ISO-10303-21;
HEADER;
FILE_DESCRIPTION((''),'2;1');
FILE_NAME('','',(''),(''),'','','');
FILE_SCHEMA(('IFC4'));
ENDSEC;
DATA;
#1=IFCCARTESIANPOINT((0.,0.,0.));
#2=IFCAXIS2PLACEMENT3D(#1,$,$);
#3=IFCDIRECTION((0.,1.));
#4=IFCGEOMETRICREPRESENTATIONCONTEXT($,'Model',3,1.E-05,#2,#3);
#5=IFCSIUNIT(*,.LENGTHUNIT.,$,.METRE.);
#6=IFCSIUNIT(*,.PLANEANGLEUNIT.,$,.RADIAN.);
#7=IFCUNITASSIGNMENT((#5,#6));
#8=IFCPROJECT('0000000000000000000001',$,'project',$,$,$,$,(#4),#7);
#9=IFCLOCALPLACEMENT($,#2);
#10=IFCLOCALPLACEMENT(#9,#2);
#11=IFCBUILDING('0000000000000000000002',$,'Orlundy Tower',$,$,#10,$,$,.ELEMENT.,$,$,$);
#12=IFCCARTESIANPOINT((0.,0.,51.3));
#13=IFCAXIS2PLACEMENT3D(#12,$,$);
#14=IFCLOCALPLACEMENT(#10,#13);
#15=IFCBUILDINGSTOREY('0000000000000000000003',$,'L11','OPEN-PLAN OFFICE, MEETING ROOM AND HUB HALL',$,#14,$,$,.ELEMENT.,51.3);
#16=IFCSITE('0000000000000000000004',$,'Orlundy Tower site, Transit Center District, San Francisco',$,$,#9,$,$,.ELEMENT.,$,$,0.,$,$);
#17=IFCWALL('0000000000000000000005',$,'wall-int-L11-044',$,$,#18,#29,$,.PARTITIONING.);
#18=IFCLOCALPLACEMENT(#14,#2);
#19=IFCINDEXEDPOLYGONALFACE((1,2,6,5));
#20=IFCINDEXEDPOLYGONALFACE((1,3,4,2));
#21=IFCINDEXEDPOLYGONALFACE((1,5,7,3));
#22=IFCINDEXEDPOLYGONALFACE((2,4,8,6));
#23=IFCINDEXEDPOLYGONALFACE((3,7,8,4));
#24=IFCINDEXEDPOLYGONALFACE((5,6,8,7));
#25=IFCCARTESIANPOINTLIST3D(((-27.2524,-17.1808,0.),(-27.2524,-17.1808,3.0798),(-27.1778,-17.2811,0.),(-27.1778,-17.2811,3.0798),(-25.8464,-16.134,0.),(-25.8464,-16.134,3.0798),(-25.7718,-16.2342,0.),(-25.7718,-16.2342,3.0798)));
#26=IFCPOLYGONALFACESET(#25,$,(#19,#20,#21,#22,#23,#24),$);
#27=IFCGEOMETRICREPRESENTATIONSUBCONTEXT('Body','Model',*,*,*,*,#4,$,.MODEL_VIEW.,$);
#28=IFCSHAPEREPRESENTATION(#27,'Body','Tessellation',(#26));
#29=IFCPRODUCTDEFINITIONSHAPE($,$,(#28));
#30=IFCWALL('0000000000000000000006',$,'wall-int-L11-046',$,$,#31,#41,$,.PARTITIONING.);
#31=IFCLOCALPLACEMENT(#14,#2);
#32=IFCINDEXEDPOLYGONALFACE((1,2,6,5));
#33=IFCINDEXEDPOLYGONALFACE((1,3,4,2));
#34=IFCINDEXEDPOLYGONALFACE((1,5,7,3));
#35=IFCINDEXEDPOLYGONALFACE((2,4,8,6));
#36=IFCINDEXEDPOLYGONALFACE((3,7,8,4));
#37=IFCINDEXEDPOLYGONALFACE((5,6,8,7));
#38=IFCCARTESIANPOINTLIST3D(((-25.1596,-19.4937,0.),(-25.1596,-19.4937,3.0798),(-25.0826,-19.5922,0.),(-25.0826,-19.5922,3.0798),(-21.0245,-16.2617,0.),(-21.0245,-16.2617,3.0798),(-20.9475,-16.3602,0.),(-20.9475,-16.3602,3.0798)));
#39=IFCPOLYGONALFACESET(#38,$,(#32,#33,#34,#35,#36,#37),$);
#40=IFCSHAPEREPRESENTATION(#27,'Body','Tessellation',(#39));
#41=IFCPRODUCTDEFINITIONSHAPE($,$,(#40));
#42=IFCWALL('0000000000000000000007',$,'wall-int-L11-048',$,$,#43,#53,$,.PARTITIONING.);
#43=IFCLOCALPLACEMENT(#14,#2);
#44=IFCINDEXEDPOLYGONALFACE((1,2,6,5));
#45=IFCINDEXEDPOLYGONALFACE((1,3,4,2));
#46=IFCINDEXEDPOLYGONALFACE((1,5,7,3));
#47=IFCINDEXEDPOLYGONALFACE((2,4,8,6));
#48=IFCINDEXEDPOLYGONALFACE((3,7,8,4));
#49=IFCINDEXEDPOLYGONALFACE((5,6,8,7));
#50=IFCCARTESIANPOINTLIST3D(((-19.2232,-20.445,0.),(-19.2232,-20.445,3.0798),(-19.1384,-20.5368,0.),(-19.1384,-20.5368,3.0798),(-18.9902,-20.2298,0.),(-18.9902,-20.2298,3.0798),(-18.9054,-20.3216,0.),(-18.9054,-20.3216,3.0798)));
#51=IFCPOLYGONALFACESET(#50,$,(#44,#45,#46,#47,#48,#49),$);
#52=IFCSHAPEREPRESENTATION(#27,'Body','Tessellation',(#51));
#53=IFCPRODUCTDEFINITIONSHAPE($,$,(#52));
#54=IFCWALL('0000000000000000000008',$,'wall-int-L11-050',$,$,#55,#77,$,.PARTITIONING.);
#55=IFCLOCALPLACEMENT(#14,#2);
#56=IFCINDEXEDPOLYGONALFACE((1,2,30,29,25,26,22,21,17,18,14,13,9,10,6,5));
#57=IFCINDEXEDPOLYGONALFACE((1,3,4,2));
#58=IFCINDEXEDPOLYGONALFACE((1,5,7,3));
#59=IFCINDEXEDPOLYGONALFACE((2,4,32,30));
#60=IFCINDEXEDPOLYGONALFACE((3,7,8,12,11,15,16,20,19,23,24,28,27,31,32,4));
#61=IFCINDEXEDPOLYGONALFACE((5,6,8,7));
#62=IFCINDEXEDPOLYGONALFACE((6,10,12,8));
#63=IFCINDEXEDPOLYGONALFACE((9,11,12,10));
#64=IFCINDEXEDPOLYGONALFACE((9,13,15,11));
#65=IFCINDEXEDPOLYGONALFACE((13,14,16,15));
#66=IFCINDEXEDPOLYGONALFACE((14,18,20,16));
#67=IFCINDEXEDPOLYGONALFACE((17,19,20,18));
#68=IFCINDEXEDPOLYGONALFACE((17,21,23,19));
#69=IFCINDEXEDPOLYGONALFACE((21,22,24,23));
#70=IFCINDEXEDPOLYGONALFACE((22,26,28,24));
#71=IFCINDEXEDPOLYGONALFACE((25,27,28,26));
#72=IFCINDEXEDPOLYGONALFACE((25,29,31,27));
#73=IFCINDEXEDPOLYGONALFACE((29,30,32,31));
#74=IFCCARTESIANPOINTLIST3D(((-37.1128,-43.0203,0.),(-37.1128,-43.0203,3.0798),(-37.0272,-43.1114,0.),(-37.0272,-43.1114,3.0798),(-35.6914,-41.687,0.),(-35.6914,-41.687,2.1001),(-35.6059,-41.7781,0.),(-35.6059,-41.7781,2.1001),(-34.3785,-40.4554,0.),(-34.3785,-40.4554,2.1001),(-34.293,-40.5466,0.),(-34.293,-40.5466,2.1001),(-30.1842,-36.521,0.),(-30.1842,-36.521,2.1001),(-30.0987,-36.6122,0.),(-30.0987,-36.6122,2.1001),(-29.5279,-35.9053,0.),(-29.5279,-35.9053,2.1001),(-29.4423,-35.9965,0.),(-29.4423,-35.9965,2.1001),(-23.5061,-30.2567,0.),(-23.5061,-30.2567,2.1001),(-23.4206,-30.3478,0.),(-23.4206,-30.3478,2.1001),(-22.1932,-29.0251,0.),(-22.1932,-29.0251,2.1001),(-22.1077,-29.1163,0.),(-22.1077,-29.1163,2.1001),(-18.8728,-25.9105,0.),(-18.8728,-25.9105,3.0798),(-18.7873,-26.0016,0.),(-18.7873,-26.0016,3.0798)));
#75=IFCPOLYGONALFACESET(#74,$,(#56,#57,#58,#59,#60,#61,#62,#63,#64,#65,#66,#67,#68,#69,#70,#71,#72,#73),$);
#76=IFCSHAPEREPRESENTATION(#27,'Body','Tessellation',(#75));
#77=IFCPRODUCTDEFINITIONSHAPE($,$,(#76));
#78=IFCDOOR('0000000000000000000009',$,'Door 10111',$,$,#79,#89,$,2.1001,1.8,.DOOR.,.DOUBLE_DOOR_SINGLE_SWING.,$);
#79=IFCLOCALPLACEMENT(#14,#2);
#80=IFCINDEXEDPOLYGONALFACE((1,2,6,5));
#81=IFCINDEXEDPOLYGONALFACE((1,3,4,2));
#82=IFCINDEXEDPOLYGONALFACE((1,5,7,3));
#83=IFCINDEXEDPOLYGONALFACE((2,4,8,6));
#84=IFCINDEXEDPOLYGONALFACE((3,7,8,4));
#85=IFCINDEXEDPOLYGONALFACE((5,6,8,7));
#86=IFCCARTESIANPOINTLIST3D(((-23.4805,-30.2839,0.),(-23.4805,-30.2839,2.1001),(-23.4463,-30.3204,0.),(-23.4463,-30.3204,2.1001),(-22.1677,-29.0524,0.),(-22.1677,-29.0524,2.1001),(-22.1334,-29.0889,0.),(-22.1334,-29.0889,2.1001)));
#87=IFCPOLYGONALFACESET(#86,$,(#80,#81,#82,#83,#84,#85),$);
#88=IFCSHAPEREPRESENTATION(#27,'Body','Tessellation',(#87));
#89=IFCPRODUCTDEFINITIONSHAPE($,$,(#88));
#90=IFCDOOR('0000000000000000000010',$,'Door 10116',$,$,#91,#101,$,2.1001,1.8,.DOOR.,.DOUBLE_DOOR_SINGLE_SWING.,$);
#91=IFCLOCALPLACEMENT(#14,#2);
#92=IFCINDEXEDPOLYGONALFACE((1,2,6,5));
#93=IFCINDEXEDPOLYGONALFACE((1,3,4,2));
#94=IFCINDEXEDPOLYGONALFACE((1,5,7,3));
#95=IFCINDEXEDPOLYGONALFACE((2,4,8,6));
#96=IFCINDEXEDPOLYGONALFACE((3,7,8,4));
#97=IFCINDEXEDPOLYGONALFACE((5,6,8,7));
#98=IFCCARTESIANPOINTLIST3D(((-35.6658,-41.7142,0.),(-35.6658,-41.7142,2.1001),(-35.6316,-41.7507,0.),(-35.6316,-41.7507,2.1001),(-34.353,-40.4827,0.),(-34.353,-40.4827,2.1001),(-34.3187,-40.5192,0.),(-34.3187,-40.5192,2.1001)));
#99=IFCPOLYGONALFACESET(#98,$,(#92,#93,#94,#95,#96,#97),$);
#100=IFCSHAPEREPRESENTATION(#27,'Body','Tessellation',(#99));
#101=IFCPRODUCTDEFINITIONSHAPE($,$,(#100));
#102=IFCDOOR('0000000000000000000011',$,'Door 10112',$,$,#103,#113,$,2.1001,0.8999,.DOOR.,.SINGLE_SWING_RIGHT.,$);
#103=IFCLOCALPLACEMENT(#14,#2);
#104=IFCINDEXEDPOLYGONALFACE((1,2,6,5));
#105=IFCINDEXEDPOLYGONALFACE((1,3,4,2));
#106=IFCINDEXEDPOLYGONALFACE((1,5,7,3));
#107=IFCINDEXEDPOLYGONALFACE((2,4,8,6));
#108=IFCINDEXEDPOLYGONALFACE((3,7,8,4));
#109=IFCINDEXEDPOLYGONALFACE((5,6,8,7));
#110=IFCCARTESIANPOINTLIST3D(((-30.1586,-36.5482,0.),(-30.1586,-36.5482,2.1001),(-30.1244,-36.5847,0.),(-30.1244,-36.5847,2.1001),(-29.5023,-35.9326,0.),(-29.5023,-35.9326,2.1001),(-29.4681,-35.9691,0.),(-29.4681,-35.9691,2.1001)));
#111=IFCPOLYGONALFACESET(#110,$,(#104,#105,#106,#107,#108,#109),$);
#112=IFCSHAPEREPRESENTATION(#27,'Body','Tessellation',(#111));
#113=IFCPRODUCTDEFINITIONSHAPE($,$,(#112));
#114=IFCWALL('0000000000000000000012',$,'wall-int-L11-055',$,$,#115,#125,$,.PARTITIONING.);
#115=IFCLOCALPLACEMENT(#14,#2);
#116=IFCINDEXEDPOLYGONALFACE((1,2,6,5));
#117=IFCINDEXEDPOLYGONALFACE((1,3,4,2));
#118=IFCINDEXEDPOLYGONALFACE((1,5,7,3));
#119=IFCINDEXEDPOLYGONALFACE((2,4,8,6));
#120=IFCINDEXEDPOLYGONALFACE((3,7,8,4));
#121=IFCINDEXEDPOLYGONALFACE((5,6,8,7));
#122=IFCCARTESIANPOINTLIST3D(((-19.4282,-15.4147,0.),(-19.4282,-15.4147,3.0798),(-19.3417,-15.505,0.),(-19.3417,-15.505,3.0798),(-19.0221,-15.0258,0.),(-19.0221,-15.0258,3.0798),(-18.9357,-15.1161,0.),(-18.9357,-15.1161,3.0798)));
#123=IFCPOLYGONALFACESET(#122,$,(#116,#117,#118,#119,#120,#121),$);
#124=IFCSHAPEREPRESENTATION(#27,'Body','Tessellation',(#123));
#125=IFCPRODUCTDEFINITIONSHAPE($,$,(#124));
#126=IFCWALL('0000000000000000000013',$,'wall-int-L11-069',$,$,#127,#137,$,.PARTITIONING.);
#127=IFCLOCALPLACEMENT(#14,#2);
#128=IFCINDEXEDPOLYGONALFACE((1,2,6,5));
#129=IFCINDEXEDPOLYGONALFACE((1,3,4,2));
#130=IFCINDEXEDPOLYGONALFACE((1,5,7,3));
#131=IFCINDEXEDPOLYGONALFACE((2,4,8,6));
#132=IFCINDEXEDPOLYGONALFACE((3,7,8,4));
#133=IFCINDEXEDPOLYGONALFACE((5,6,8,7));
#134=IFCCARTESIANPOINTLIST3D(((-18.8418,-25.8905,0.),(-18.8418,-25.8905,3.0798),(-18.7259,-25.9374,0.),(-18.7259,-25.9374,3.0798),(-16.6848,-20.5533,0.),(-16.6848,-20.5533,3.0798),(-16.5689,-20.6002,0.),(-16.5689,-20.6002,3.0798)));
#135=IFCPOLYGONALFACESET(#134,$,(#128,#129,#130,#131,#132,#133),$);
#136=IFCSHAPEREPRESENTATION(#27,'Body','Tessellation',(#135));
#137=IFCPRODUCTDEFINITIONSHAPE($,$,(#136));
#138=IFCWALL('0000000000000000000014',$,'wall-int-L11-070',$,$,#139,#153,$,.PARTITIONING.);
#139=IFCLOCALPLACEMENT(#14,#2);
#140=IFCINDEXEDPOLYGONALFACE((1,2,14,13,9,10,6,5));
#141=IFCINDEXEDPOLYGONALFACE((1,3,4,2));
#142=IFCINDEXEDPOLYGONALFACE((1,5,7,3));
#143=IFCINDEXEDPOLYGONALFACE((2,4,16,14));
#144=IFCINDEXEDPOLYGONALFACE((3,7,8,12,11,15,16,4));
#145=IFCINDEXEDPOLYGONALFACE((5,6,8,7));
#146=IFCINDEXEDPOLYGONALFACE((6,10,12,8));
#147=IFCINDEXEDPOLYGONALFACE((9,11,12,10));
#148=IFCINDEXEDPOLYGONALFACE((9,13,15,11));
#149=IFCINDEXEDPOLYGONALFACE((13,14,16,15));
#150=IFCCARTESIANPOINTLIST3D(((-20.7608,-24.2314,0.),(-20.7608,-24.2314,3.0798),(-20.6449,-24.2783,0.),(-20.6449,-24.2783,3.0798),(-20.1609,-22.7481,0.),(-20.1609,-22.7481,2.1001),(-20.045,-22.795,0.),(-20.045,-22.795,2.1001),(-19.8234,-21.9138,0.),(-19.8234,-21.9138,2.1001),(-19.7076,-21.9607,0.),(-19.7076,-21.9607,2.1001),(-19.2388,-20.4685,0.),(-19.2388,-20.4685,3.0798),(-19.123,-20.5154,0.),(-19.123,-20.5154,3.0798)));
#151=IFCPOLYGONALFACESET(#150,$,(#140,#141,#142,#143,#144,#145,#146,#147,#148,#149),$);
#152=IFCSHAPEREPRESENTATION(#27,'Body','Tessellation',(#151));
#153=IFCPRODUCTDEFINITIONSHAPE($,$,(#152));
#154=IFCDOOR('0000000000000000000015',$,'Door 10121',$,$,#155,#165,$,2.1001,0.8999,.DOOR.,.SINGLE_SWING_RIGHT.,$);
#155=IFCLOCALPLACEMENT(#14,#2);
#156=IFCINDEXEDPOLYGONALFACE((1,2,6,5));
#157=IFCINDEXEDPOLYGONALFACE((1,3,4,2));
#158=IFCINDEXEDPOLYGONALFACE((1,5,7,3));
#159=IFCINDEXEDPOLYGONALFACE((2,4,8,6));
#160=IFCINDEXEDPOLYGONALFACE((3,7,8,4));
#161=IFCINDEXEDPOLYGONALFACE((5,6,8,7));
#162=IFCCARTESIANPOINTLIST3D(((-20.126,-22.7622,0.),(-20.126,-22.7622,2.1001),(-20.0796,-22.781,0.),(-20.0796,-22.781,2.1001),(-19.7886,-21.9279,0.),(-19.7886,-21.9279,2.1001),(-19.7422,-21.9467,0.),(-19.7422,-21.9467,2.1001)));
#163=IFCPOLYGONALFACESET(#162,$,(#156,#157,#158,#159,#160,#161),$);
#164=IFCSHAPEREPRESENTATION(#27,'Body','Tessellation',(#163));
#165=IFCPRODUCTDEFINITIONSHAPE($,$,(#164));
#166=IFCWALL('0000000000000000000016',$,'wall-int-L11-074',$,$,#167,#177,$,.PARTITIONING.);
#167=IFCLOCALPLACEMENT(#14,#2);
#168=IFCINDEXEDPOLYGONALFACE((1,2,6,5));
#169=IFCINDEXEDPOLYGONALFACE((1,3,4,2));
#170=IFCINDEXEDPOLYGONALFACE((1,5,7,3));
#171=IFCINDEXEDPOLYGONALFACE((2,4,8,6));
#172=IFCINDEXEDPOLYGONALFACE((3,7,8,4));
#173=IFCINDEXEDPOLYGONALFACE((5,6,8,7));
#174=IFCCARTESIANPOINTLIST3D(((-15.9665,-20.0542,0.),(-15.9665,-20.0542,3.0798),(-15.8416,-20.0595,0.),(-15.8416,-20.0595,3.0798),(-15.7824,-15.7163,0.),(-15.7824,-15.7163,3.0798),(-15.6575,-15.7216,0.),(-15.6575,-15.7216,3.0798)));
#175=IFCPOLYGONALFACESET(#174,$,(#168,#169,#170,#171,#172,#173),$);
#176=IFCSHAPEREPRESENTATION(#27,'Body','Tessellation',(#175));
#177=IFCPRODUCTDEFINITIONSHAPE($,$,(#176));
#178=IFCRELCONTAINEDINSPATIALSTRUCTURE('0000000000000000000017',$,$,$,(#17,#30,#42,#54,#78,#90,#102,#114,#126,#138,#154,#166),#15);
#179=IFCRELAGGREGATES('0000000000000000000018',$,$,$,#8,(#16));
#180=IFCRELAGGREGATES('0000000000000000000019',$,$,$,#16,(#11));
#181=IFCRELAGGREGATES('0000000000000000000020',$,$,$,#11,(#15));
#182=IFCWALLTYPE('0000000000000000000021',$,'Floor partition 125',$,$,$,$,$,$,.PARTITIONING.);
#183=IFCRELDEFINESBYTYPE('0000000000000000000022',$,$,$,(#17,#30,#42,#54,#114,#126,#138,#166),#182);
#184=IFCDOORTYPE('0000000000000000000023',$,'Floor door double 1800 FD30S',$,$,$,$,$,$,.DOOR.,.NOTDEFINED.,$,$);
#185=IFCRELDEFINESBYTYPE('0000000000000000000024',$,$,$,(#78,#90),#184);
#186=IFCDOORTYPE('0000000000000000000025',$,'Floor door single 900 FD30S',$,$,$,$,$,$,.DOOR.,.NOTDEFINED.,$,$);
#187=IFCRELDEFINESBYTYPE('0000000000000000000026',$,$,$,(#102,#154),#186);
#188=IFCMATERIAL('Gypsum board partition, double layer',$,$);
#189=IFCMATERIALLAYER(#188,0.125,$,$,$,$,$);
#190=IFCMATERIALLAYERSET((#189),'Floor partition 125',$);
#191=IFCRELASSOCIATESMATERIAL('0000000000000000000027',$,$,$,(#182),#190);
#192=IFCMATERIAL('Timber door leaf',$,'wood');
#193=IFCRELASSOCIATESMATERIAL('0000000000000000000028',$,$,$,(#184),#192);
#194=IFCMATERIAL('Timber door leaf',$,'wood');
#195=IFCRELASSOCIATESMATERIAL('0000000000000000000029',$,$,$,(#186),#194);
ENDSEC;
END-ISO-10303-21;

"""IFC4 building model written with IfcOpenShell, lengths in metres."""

from ifc_helpers import new_model, si_unit, direction, frame, frame_2d, origin, place, context, subcontext, project, spatial, rectangle, extrude, material, layer, layer_set, type_object, element, fill, save


model = new_model("IFC4")

# Units and contexts
model_context = context("Model", 3, precision=1e-05, world=origin(), true_north=direction((0.0, 1.0)))
body_context = subcontext(model_context, "Body", "Model", "MODEL_VIEW")
ifc_project = project(units=[si_unit("LENGTHUNIT", "METRE"), si_unit("PLANEANGLEUNIT", "RADIAN")], contexts=[model_context])

# Site, building, storey
site_placement = place(None, origin())
site = spatial("IfcSite", under=ifc_project, at=site_placement, Name="Orlundy Tower site, Transit Center District, San Francisco", CompositionType="ELEMENT", RefElevation=0.0)
building_placement = place(site_placement, origin())
building = spatial("IfcBuilding", under=site, at=building_placement, Name="Orlundy Tower", CompositionType="ELEMENT")
storey_placement = place(building_placement, frame((0.0, 0.0, 51.3)))
storey = spatial("IfcBuildingStorey", under=building, at=storey_placement, Name="L11", Description="OPEN-PLAN OFFICE, MEETING ROOM AND HUB HALL", CompositionType="ELEMENT", Elevation=51.3)

# Walls
ifc_material_1 = material(Name="Gypsum board partition, double layer")
ifc_layer_1 = layer(ifc_material_1, 0.125)
ifc_layer_set_1 = layer_set([ifc_layer_1], Name="Floor partition 125")
wall_type_1 = type_object("IfcWallType", Name="Floor partition 125", PredefinedType="PARTITIONING", material=ifc_layer_set_1)
wall_1_placement = place(storey_placement, frame((-25.8091, -16.1841, 0.0), z_axis=(0.0, 0.0, 1.0), x_axis=(-0.802084, -0.597211, 0.0)))
element("IfcWall", 1, at=wall_1_placement, inside=storey, type_object=wall_type_1, Name="wall-int-L11-044", PredefinedType="PARTITIONING", context=body_context, shape_type="SweptSolid", body=[
    extrude(rectangle(XDim=1.7529, YDim=0.125, at=frame_2d((0.8765, 0.0))), origin(), (0.0, 0.0, 1.0), 3.0798),
])
wall_2_placement = place(storey_placement, frame((-20.9861, -16.311, 0.0), z_axis=(0.0, 0.0, 1.0), x_axis=(-0.78789, -0.615816, 0.0)))
element("IfcWall", 2, at=wall_2_placement, inside=storey, type_object=wall_type_1, Name="wall-int-L11-046", PredefinedType="PARTITIONING", context=body_context, shape_type="SweptSolid", body=[
    extrude(rectangle(XDim=5.2483, YDim=0.125, at=frame_2d((2.624, 0.0))), origin(), (0.0, 0.0, 1.0), 3.0798),
])
wall_3_placement = place(storey_placement, frame((-19.1809, -20.491, 0.0), z_axis=(0.0, 0.0, 1.0), x_axis=(0.734656, 0.67844, 0.0)))
element("IfcWall", 3, at=wall_3_placement, inside=storey, type_object=wall_type_1, Name="wall-int-L11-048", PredefinedType="PARTITIONING", context=body_context, shape_type="SweptSolid", body=[
    extrude(rectangle(XDim=0.3171, YDim=0.125, at=frame_2d((0.1587, 0.0))), origin(), (0.0, 0.0, 1.0), 3.0798),
])

# Wall, openings, doors
wall_4_placement = place(storey_placement, frame((-18.8301, -25.9561, 0.0), z_axis=(0.0, 0.0, 1.0), x_axis=(-0.72934, -0.684151, 0.0)))
wall_4 = element("IfcWall", 4, at=wall_4_placement, inside=storey, type_object=wall_type_1, Name="wall-int-L11-050", PredefinedType="PARTITIONING", context=body_context, shape_type="SweptSolid", body=[
    extrude(rectangle(XDim=25.0088, YDim=0.125, at=frame_2d((12.5044, 0.0))), origin(), (0.0, 0.0, 1.0), 3.0798),
])
opening_1_placement = place(wall_4_placement, frame((4.5527, 0.0, 0.0)))
opening_1 = element("IfcOpeningElement", 5, at=opening_1_placement, cuts=wall_4, PredefinedType="OPENING", context=body_context, shape_type="SweptSolid", body=[
    extrude(rectangle(XDim=1.8, YDim=2.1001, at=frame_2d((0.8999, 1.05))), frame((0.0, 0.0725, 0.0), z_axis=(0.0, -1.0, 0.0), x_axis=(1.0, 0.0, 0.0)), (0.0, 0.0, 1.0), 0.145),
])
opening_2_placement = place(wall_4_placement, frame((14.6091, 0.0, 0.0)))
opening_2 = element("IfcOpeningElement", 6, at=opening_2_placement, cuts=wall_4, PredefinedType="OPENING", context=body_context, shape_type="SweptSolid", body=[
    extrude(rectangle(XDim=0.8999, YDim=2.1001, at=frame_2d((0.45, 1.05))), frame((0.0, 0.0725, 0.0), z_axis=(0.0, -1.0, 0.0), x_axis=(1.0, 0.0, 0.0)), (0.0, 0.0, 1.0), 0.145),
])
opening_3_placement = place(wall_4_placement, frame((21.26, 0.0, 0.0)))
opening_3 = element("IfcOpeningElement", 7, at=opening_3_placement, cuts=wall_4, PredefinedType="OPENING", context=body_context, shape_type="SweptSolid", body=[
    extrude(rectangle(XDim=1.8, YDim=2.1001, at=frame_2d((0.8999, 1.05))), frame((0.0, 0.0725, 0.0), z_axis=(0.0, -1.0, 0.0), x_axis=(1.0, 0.0, 0.0)), (0.0, 0.0, 1.0), 0.145),
])
ifc_material_2 = material(Name="Timber door leaf", Category="wood")
door_type_1 = type_object("IfcDoorType", Name="Floor door double 1800 FD30S", OperationType="NOTDEFINED", PredefinedType="DOOR", material=ifc_material_2)
door_1_placement = place(opening_1_placement, origin())
door_1 = element("IfcDoor", 8, at=door_1_placement, inside=storey, type_object=door_type_1, Name="Door 10111", OperationType="DOUBLE_DOOR_SINGLE_SWING", OverallHeight=2.1001, OverallWidth=1.8, PredefinedType="DOOR", context=body_context, shape_type="SweptSolid", body=[
    extrude(rectangle(XDim=1.8, YDim=2.1001, at=frame_2d((0.8999, 1.05))), frame((0.0, 0.0249, 0.0), z_axis=(0.0, -1.0, 0.0), x_axis=(1.0, 0.0, 0.0)), (0.0, 0.0, 1.0), 0.05),
])
fill(opening_1, door_1)
door_2_placement = place(opening_3_placement, origin())
door_2 = element("IfcDoor", 9, at=door_2_placement, inside=storey, type_object=door_type_1, Name="Door 10116", OperationType="DOUBLE_DOOR_SINGLE_SWING", OverallHeight=2.1001, OverallWidth=1.8, PredefinedType="DOOR", context=body_context, shape_type="SweptSolid", body=[
    extrude(rectangle(XDim=1.8, YDim=2.1001, at=frame_2d((0.8999, 1.05))), frame((0.0, 0.0249, 0.0), z_axis=(0.0, -1.0, 0.0), x_axis=(1.0, 0.0, 0.0)), (0.0, 0.0, 1.0), 0.05),
])
fill(opening_3, door_2)
ifc_material_3 = material(Name="Timber door leaf", Category="wood")
door_type_2 = type_object("IfcDoorType", Name="Floor door single 900 FD30S", OperationType="NOTDEFINED", PredefinedType="DOOR", material=ifc_material_3)
door_3_placement = place(opening_2_placement, origin())
door_3 = element("IfcDoor", 10, at=door_3_placement, inside=storey, type_object=door_type_2, Name="Door 10112", OperationType="SINGLE_SWING_RIGHT", OverallHeight=2.1001, OverallWidth=0.8999, PredefinedType="DOOR", context=body_context, shape_type="SweptSolid", body=[
    extrude(rectangle(XDim=0.8999, YDim=2.1001, at=frame_2d((0.45, 1.05))), frame((0.0, 0.0249, 0.0), z_axis=(0.0, -1.0, 0.0), x_axis=(1.0, 0.0, 0.0)), (0.0, 0.0, 1.0), 0.05),
])
fill(opening_2, door_3)

# Walls
wall_5_placement = place(storey_placement, frame((-19.385, -15.46, 0.0), z_axis=(0.0, 0.0, 1.0), x_axis=(0.722142, 0.691745, 0.0)))
element("IfcWall", 11, at=wall_5_placement, inside=storey, type_object=wall_type_1, Name="wall-int-L11-055", PredefinedType="PARTITIONING", context=body_context, shape_type="SweptSolid", body=[
    extrude(rectangle(XDim=0.5623, YDim=0.125, at=frame_2d((0.2812, 0.0))), origin(), (0.0, 0.0, 1.0), 3.0798),
])
wall_6_placement = place(storey_placement, frame((-18.7839, -25.9141, 0.0), z_axis=(0.0, 0.0, 1.0), x_axis=(0.374701, 0.927146, 0.0)))
element("IfcWall", 12, at=wall_6_placement, inside=storey, type_object=wall_type_1, Name="wall-int-L11-069", PredefinedType="PARTITIONING", context=body_context, shape_type="SweptSolid", body=[
    extrude(rectangle(XDim=5.7566, YDim=0.125, at=frame_2d((2.8784, 0.0))), origin(), (0.0, 0.0, 1.0), 3.0798),
])

# Wall, opening, door
wall_7_placement = place(storey_placement, frame((-20.7029, -24.2549, 0.0), z_axis=(0.0, 0.0, 1.0), x_axis=(0.374955, 0.927043, 0.0)))
wall_7 = element("IfcWall", 13, at=wall_7_placement, inside=storey, type_object=wall_type_1, Name="wall-int-L11-070", PredefinedType="PARTITIONING", context=body_context, shape_type="SweptSolid", body=[
    extrude(rectangle(XDim=4.0591, YDim=0.125, at=frame_2d((2.0295, 0.0))), origin(), (0.0, 0.0, 1.0), 3.0798),
])
opening_4_placement = place(wall_7_placement, frame((1.6001, 0.0, 0.0)))
opening_4 = element("IfcOpeningElement", 14, at=opening_4_placement, cuts=wall_7, PredefinedType="OPENING", context=body_context, shape_type="SweptSolid", body=[
    extrude(rectangle(XDim=0.8999, YDim=2.1001, at=frame_2d((0.45, 1.05))), frame((0.0, 0.0725, 0.0), z_axis=(0.0, -1.0, 0.0), x_axis=(1.0, 0.0, 0.0)), (0.0, 0.0, 1.0), 0.145),
])
door_4_placement = place(opening_4_placement, origin())
door_4 = element("IfcDoor", 15, at=door_4_placement, inside=storey, type_object=door_type_2, Name="Door 10121", OperationType="SINGLE_SWING_RIGHT", OverallHeight=2.1001, OverallWidth=0.8999, PredefinedType="DOOR", context=body_context, shape_type="SweptSolid", body=[
    extrude(rectangle(XDim=0.8999, YDim=2.1001, at=frame_2d((0.45, 1.05))), frame((0.0, 0.0249, 0.0), z_axis=(0.0, -1.0, 0.0), x_axis=(1.0, 0.0, 0.0)), (0.0, 0.0, 1.0), 0.05),
])
fill(opening_4, door_4)

# Wall
wall_8_placement = place(storey_placement, frame((-15.9041, -20.0569, 0.0), z_axis=(0.0, 0.0, 1.0), x_axis=(0.042398, 0.999101, 0.0)))
element("IfcWall", 16, at=wall_8_placement, inside=storey, type_object=wall_type_1, Name="wall-int-L11-074", PredefinedType="PARTITIONING", context=body_context, shape_type="SweptSolid", body=[
    extrude(rectangle(XDim=4.3418, YDim=0.125, at=frame_2d((2.1709, 0.0))), origin(), (0.0, 0.0, 1.0), 3.0798),
])

save(model, "model.ifc")
